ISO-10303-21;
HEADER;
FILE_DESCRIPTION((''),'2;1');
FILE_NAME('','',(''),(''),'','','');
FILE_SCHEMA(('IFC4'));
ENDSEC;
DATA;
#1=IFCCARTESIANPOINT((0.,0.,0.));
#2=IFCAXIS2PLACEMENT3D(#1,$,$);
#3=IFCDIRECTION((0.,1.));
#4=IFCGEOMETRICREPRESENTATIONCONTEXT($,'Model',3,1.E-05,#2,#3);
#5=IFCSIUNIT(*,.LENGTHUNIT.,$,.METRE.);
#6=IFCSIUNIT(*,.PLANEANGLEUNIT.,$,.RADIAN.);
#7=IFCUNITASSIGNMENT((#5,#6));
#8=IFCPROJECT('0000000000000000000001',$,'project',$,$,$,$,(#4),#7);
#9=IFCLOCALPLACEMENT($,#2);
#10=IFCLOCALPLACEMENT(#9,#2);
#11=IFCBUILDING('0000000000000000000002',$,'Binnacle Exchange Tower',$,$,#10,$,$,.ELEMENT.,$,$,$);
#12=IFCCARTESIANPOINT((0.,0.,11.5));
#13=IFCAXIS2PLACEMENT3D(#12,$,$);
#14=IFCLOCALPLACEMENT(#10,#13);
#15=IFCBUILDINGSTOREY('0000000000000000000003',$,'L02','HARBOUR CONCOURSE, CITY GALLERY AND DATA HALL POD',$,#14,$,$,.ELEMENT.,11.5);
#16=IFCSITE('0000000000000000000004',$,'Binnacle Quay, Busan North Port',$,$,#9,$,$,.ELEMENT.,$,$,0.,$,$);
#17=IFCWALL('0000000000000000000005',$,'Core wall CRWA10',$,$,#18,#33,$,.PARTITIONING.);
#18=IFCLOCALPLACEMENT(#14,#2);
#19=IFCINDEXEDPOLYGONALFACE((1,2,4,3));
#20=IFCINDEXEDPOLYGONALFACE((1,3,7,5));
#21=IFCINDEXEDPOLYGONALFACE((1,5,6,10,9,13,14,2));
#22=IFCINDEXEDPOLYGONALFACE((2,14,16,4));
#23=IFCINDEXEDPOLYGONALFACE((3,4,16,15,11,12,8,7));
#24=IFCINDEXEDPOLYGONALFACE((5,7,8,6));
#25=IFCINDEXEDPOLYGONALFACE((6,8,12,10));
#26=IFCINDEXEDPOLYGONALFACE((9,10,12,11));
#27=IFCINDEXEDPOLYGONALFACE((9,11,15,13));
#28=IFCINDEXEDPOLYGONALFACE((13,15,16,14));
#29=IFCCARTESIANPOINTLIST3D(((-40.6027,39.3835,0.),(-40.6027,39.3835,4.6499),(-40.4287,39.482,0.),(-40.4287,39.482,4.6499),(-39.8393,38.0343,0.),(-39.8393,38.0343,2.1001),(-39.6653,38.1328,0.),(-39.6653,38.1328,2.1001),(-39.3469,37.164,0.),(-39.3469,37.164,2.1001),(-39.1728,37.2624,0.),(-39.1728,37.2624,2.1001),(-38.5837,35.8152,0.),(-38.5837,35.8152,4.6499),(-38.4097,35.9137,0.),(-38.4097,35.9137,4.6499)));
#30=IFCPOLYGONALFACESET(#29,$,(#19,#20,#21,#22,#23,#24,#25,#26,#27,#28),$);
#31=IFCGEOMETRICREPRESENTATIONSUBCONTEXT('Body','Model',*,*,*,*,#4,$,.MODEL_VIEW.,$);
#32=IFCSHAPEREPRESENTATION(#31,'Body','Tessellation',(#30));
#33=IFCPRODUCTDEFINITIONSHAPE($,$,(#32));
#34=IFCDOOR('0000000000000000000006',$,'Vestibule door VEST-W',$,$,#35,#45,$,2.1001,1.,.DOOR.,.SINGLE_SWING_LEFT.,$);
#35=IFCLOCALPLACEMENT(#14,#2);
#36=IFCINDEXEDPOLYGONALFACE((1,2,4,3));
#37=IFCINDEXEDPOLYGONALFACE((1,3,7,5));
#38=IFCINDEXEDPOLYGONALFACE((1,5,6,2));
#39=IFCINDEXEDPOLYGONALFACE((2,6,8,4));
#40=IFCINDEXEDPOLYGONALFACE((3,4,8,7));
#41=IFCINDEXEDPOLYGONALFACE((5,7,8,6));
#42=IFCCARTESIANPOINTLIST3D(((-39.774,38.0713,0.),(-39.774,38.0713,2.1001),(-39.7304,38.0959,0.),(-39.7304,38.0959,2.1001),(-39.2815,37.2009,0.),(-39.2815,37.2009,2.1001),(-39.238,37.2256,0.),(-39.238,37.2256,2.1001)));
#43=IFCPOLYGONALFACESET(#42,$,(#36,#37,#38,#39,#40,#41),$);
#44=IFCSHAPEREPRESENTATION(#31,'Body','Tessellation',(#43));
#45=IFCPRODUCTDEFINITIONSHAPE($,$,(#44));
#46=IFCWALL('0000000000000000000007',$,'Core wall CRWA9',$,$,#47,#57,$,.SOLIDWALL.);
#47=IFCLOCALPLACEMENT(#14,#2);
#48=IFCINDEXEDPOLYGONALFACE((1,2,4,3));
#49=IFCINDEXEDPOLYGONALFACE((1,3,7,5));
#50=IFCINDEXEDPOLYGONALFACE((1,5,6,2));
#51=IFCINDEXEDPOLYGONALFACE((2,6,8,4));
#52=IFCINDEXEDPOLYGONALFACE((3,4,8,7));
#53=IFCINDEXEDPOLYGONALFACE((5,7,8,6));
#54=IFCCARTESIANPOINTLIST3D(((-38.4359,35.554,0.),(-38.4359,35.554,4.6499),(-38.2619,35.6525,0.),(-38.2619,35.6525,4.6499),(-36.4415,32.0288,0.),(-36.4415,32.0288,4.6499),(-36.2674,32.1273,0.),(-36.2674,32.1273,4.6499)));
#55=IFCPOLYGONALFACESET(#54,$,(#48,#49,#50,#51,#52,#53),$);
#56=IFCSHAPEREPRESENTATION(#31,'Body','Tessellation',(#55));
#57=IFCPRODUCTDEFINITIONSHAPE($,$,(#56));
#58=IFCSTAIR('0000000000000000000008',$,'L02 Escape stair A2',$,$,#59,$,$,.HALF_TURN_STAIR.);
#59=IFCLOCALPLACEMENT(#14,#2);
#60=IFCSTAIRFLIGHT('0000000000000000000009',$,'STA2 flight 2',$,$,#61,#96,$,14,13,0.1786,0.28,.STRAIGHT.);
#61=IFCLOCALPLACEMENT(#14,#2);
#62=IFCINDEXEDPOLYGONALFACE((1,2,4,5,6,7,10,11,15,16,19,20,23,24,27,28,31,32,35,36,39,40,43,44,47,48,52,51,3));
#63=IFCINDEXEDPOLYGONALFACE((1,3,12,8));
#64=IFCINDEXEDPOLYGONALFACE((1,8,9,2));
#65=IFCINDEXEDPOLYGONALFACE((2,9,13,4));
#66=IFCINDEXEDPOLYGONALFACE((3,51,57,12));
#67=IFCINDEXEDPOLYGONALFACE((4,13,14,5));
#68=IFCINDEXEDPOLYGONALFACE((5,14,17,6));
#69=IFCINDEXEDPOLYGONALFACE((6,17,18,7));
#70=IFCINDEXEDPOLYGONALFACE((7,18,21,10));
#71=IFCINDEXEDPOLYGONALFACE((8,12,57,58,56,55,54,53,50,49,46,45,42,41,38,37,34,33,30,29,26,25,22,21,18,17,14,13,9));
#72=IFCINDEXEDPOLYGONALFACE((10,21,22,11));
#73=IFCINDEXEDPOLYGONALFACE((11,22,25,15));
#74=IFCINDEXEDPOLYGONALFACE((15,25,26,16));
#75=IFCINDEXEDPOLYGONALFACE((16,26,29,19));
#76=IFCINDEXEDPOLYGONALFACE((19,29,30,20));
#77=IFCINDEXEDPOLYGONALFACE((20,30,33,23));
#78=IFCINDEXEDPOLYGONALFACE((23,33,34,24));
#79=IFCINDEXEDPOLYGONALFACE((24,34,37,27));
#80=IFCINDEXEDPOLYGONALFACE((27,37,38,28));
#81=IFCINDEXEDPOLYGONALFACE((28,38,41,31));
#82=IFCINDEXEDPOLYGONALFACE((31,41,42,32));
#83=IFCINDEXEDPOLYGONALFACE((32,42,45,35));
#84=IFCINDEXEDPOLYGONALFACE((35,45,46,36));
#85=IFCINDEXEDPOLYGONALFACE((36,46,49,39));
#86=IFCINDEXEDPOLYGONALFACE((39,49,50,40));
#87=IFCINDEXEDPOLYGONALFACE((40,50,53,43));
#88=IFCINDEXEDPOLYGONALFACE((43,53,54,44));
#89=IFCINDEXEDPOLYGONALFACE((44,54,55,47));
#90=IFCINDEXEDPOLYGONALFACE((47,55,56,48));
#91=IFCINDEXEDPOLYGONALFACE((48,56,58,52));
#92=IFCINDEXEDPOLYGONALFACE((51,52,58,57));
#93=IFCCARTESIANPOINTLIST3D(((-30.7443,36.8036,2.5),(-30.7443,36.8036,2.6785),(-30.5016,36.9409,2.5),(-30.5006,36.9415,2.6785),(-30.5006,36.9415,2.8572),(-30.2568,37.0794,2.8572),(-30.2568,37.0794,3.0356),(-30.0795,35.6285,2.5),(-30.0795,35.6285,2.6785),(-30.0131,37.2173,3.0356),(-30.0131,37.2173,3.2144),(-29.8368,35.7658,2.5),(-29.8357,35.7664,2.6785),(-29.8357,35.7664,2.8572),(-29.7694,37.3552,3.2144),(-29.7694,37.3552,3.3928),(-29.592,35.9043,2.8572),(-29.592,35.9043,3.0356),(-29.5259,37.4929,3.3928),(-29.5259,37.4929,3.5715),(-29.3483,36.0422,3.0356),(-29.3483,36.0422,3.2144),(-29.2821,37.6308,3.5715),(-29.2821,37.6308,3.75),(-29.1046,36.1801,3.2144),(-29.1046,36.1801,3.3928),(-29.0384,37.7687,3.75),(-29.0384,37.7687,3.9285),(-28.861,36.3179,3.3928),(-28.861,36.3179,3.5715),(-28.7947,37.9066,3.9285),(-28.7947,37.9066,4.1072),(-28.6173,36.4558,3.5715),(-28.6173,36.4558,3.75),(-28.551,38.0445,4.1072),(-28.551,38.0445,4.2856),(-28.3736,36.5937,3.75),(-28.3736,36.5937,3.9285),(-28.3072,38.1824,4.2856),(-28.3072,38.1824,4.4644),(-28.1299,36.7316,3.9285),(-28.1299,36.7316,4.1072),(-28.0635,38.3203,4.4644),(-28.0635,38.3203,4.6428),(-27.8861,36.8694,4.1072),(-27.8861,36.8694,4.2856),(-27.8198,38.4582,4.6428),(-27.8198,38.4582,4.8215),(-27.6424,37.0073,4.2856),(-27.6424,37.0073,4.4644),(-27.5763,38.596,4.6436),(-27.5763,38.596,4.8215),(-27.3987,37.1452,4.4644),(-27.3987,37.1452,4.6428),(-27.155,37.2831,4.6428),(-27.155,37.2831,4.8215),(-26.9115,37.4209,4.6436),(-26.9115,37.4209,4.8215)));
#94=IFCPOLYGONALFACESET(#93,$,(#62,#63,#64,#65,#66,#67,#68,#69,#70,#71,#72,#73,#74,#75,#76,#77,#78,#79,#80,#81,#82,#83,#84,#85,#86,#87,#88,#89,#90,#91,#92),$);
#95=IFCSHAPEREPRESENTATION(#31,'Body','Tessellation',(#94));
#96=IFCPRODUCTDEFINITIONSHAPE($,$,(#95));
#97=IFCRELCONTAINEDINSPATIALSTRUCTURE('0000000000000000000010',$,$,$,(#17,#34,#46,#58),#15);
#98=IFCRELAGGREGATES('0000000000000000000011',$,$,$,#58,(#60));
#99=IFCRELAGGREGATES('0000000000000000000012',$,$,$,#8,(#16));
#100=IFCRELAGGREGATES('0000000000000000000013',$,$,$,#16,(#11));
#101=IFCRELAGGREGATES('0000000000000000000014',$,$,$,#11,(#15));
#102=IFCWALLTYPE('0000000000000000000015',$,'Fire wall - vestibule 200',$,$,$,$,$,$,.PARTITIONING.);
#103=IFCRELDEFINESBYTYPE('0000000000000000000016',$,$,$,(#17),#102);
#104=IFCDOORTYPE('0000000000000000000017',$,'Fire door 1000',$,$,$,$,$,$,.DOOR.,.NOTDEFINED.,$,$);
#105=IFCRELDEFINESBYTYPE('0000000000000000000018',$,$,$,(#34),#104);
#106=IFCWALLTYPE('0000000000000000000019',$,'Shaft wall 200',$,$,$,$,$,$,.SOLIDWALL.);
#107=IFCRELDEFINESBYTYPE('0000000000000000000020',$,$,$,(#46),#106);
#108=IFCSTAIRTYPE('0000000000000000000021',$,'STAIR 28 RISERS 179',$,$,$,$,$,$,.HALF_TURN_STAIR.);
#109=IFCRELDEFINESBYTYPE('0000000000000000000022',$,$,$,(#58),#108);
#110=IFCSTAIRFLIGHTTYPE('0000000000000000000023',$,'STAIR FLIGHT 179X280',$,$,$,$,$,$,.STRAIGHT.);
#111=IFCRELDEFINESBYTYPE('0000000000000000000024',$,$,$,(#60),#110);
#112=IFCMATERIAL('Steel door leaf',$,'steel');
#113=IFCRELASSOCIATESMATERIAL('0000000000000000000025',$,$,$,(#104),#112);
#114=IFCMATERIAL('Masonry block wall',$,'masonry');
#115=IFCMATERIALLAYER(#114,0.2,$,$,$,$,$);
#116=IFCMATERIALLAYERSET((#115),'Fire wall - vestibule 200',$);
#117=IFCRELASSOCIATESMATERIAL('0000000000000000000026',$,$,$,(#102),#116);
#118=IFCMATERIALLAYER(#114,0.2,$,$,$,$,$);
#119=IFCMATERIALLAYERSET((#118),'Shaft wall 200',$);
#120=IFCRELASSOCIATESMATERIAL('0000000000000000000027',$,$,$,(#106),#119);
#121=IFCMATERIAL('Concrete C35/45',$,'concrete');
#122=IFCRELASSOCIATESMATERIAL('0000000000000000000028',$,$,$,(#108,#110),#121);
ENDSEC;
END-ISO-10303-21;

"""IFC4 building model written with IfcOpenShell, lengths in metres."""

from ifc_helpers import new_model, si_unit, direction, frame, frame_2d, origin, place, context, subcontext, project, spatial, polyline, rectangle, outline, extrude, material, layer, layer_set, type_object, element, fill, aggregate, save


model = new_model("IFC4")

# Units and contexts
model_context = context("Model", 3, precision=1e-05, world=origin(), true_north=direction((0.0, 1.0)))
body_context = subcontext(model_context, "Body", "Model", "MODEL_VIEW")
ifc_project = project(units=[si_unit("LENGTHUNIT", "METRE"), si_unit("PLANEANGLEUNIT", "RADIAN")], contexts=[model_context])

# Site, building, storey
site_placement = place(None, origin())
site = spatial("IfcSite", under=ifc_project, at=site_placement, Name="Binnacle Quay, Busan North Port", CompositionType="ELEMENT", RefElevation=0.0)
building_placement = place(site_placement, origin())
building = spatial("IfcBuilding", under=site, at=building_placement, Name="Binnacle Exchange Tower", CompositionType="ELEMENT")
storey_placement = place(building_placement, frame((0.0, 0.0, 11.5)))
storey = spatial("IfcBuildingStorey", under=building, at=storey_placement, Name="L02", Description="HARBOUR CONCOURSE, CITY GALLERY AND DATA HALL POD", CompositionType="ELEMENT", Elevation=11.5)

# Shared definitions
ifc_material_1 = material(Name="Steel door leaf", Category="steel")

# Shared definitions
door_type_1 = type_object("IfcDoorType", Name="Fire door 1000", OperationType="NOTDEFINED", PredefinedType="DOOR", material=ifc_material_1)

# Wall, opening, door
ifc_material_2 = material(Name="Masonry block wall", Category="masonry")
ifc_layer_1 = layer(ifc_material_2, 0.2)
ifc_layer_set_1 = layer_set([ifc_layer_1], Name="Fire wall - vestibule 200")
wall_type_1 = type_object("IfcWallType", Name="Fire wall - vestibule 200", PredefinedType="PARTITIONING", material=ifc_layer_set_1)
wall_1_placement = place(storey_placement, frame((-40.5156, 39.4326, 0.0), z_axis=(0.0, 0.0, 1.0), x_axis=(0.492454, -0.870339, 0.0)))
wall_1 = element("IfcWall", 1, at=wall_1_placement, inside=storey, type_object=wall_type_1, Name="Core wall CRWA10", PredefinedType="PARTITIONING", context=body_context, shape_type="SweptSolid", body=[
    extrude(rectangle(XDim=4.0999, YDim=0.2, at=frame_2d((2.0498, 0.0))), origin(), (0.0, 0.0, 1.0), 4.6499),
])
opening_1_placement = place(wall_1_placement, frame((1.55, 0.0, 0.0)))
opening_1 = element("IfcOpeningElement", 2, at=opening_1_placement, cuts=wall_1, PredefinedType="OPENING", context=body_context, shape_type="SweptSolid", body=[
    extrude(rectangle(XDim=1.0, YDim=2.1001, at=frame_2d((0.5, 1.05))), frame((0.0, 0.1099, 0.0), z_axis=(0.0, -1.0, 0.0), x_axis=(1.0, 0.0, 0.0)), (0.0, 0.0, 1.0), 0.22),
])
door_1_placement = place(opening_1_placement, frame((1.0, 0.0, 0.0), z_axis=(0.0, 0.0, 1.0), x_axis=(-1.0, 0.0, 0.0)))
door_1 = element("IfcDoor", 3, at=door_1_placement, inside=storey, type_object=door_type_1, Name="Vestibule door VEST-W", OperationType="SINGLE_SWING_LEFT", OverallHeight=2.1001, OverallWidth=1.0, PredefinedType="DOOR", context=body_context, shape_type="SweptSolid", body=[
    extrude(rectangle(XDim=1.0, YDim=2.1001, at=frame_2d((0.5, 1.05))), frame((0.0, 0.0249, 0.0), z_axis=(0.0, -1.0, 0.0), x_axis=(1.0, 0.0, 0.0)), (0.0, 0.0, 1.0), 0.05),
])
fill(opening_1, door_1)

# Wall
ifc_layer_2 = layer(ifc_material_2, 0.2)
ifc_layer_set_2 = layer_set([ifc_layer_2], Name="Shaft wall 200")
wall_type_2 = type_object("IfcWallType", Name="Shaft wall 200", PredefinedType="SOLIDWALL", material=ifc_layer_set_2)
wall_2_placement = place(storey_placement, frame((-38.3489, 35.6033, 0.0), z_axis=(0.0, 0.0, 1.0), x_axis=(0.492415, -0.870361, 0.0)))
element("IfcWall", 4, at=wall_2_placement, inside=storey, type_object=wall_type_2, Name="Core wall CRWA9", PredefinedType="SOLIDWALL", context=body_context, shape_type="SweptSolid", body=[
    extrude(rectangle(XDim=4.0503, YDim=0.2, at=frame_2d((2.0251, 0.0))), origin(), (0.0, 0.0, 1.0), 4.6499),
])

# Stair, stair flight
ifc_material_3 = material(Name="Concrete C35/45", Category="concrete")
stair_type = type_object("IfcStairType", Name="STAIR 28 RISERS 179", PredefinedType="HALF_TURN_STAIR", material=ifc_material_3)
stair_placement = place(storey_placement, origin())
stair = element("IfcStair", 5, at=stair_placement, inside=storey, type_object=stair_type, Name="L02 Escape stair A2", PredefinedType="HALF_TURN_STAIR")
stair_flight_type = type_object("IfcStairFlightType", Name="STAIR FLIGHT 179X280", PredefinedType="STRAIGHT", material=ifc_material_3)
stair_flight_placement = place(storey_placement, frame((-30.4119, 36.2161, 2.5), z_axis=(0.0, 0.0, 1.0), x_axis=(0.870356, 0.492424, 0.0)))
stair_flight = element("IfcStairFlight", 6, at=stair_flight_placement, type_object=stair_flight_type, Name="STA2 flight 2", NumberOfRisers=14, NumberOfTreads=13, PredefinedType="STRAIGHT", RiserHeight=0.1786, TreadLength=0.28, context=body_context, shape_type="SweptSolid", body=[
    extrude(outline(polyline([(0.0, 0.0), (0.0, 0.1785), (0.28, 0.1785), (0.28, 0.3572), (0.5601, 0.3572), (0.5601, 0.5356), (0.8401, 0.5356), (0.8401, 0.7144), (1.1201, 0.7144), (1.1201, 0.8928), (1.3999, 0.8928), (1.3999, 1.0715), (1.6799, 1.0715), (1.6799, 1.25), (1.96, 1.25), (1.96, 1.4285), (2.24, 1.4285), (2.24, 1.6072), (2.52, 1.6072), (2.52, 1.7856), (2.8, 1.7856), (2.8, 1.9644), (3.0801, 1.9644), (3.0801, 2.1428), (3.3601, 2.1428), (3.3601, 2.3215), (3.6399, 2.3215), (3.6399, 2.5), (3.6399, 2.1436), (0.2788, 0.0), (0.0, 0.0)])), frame((0.0, 0.675, 0.0), z_axis=(0.0, -1.0, 0.0), x_axis=(1.0, 0.0, 0.0)), (0.0, 0.0, 1.0), 1.3501),
])
aggregate(stair, [stair_flight])

save(model, "model.ifc")
